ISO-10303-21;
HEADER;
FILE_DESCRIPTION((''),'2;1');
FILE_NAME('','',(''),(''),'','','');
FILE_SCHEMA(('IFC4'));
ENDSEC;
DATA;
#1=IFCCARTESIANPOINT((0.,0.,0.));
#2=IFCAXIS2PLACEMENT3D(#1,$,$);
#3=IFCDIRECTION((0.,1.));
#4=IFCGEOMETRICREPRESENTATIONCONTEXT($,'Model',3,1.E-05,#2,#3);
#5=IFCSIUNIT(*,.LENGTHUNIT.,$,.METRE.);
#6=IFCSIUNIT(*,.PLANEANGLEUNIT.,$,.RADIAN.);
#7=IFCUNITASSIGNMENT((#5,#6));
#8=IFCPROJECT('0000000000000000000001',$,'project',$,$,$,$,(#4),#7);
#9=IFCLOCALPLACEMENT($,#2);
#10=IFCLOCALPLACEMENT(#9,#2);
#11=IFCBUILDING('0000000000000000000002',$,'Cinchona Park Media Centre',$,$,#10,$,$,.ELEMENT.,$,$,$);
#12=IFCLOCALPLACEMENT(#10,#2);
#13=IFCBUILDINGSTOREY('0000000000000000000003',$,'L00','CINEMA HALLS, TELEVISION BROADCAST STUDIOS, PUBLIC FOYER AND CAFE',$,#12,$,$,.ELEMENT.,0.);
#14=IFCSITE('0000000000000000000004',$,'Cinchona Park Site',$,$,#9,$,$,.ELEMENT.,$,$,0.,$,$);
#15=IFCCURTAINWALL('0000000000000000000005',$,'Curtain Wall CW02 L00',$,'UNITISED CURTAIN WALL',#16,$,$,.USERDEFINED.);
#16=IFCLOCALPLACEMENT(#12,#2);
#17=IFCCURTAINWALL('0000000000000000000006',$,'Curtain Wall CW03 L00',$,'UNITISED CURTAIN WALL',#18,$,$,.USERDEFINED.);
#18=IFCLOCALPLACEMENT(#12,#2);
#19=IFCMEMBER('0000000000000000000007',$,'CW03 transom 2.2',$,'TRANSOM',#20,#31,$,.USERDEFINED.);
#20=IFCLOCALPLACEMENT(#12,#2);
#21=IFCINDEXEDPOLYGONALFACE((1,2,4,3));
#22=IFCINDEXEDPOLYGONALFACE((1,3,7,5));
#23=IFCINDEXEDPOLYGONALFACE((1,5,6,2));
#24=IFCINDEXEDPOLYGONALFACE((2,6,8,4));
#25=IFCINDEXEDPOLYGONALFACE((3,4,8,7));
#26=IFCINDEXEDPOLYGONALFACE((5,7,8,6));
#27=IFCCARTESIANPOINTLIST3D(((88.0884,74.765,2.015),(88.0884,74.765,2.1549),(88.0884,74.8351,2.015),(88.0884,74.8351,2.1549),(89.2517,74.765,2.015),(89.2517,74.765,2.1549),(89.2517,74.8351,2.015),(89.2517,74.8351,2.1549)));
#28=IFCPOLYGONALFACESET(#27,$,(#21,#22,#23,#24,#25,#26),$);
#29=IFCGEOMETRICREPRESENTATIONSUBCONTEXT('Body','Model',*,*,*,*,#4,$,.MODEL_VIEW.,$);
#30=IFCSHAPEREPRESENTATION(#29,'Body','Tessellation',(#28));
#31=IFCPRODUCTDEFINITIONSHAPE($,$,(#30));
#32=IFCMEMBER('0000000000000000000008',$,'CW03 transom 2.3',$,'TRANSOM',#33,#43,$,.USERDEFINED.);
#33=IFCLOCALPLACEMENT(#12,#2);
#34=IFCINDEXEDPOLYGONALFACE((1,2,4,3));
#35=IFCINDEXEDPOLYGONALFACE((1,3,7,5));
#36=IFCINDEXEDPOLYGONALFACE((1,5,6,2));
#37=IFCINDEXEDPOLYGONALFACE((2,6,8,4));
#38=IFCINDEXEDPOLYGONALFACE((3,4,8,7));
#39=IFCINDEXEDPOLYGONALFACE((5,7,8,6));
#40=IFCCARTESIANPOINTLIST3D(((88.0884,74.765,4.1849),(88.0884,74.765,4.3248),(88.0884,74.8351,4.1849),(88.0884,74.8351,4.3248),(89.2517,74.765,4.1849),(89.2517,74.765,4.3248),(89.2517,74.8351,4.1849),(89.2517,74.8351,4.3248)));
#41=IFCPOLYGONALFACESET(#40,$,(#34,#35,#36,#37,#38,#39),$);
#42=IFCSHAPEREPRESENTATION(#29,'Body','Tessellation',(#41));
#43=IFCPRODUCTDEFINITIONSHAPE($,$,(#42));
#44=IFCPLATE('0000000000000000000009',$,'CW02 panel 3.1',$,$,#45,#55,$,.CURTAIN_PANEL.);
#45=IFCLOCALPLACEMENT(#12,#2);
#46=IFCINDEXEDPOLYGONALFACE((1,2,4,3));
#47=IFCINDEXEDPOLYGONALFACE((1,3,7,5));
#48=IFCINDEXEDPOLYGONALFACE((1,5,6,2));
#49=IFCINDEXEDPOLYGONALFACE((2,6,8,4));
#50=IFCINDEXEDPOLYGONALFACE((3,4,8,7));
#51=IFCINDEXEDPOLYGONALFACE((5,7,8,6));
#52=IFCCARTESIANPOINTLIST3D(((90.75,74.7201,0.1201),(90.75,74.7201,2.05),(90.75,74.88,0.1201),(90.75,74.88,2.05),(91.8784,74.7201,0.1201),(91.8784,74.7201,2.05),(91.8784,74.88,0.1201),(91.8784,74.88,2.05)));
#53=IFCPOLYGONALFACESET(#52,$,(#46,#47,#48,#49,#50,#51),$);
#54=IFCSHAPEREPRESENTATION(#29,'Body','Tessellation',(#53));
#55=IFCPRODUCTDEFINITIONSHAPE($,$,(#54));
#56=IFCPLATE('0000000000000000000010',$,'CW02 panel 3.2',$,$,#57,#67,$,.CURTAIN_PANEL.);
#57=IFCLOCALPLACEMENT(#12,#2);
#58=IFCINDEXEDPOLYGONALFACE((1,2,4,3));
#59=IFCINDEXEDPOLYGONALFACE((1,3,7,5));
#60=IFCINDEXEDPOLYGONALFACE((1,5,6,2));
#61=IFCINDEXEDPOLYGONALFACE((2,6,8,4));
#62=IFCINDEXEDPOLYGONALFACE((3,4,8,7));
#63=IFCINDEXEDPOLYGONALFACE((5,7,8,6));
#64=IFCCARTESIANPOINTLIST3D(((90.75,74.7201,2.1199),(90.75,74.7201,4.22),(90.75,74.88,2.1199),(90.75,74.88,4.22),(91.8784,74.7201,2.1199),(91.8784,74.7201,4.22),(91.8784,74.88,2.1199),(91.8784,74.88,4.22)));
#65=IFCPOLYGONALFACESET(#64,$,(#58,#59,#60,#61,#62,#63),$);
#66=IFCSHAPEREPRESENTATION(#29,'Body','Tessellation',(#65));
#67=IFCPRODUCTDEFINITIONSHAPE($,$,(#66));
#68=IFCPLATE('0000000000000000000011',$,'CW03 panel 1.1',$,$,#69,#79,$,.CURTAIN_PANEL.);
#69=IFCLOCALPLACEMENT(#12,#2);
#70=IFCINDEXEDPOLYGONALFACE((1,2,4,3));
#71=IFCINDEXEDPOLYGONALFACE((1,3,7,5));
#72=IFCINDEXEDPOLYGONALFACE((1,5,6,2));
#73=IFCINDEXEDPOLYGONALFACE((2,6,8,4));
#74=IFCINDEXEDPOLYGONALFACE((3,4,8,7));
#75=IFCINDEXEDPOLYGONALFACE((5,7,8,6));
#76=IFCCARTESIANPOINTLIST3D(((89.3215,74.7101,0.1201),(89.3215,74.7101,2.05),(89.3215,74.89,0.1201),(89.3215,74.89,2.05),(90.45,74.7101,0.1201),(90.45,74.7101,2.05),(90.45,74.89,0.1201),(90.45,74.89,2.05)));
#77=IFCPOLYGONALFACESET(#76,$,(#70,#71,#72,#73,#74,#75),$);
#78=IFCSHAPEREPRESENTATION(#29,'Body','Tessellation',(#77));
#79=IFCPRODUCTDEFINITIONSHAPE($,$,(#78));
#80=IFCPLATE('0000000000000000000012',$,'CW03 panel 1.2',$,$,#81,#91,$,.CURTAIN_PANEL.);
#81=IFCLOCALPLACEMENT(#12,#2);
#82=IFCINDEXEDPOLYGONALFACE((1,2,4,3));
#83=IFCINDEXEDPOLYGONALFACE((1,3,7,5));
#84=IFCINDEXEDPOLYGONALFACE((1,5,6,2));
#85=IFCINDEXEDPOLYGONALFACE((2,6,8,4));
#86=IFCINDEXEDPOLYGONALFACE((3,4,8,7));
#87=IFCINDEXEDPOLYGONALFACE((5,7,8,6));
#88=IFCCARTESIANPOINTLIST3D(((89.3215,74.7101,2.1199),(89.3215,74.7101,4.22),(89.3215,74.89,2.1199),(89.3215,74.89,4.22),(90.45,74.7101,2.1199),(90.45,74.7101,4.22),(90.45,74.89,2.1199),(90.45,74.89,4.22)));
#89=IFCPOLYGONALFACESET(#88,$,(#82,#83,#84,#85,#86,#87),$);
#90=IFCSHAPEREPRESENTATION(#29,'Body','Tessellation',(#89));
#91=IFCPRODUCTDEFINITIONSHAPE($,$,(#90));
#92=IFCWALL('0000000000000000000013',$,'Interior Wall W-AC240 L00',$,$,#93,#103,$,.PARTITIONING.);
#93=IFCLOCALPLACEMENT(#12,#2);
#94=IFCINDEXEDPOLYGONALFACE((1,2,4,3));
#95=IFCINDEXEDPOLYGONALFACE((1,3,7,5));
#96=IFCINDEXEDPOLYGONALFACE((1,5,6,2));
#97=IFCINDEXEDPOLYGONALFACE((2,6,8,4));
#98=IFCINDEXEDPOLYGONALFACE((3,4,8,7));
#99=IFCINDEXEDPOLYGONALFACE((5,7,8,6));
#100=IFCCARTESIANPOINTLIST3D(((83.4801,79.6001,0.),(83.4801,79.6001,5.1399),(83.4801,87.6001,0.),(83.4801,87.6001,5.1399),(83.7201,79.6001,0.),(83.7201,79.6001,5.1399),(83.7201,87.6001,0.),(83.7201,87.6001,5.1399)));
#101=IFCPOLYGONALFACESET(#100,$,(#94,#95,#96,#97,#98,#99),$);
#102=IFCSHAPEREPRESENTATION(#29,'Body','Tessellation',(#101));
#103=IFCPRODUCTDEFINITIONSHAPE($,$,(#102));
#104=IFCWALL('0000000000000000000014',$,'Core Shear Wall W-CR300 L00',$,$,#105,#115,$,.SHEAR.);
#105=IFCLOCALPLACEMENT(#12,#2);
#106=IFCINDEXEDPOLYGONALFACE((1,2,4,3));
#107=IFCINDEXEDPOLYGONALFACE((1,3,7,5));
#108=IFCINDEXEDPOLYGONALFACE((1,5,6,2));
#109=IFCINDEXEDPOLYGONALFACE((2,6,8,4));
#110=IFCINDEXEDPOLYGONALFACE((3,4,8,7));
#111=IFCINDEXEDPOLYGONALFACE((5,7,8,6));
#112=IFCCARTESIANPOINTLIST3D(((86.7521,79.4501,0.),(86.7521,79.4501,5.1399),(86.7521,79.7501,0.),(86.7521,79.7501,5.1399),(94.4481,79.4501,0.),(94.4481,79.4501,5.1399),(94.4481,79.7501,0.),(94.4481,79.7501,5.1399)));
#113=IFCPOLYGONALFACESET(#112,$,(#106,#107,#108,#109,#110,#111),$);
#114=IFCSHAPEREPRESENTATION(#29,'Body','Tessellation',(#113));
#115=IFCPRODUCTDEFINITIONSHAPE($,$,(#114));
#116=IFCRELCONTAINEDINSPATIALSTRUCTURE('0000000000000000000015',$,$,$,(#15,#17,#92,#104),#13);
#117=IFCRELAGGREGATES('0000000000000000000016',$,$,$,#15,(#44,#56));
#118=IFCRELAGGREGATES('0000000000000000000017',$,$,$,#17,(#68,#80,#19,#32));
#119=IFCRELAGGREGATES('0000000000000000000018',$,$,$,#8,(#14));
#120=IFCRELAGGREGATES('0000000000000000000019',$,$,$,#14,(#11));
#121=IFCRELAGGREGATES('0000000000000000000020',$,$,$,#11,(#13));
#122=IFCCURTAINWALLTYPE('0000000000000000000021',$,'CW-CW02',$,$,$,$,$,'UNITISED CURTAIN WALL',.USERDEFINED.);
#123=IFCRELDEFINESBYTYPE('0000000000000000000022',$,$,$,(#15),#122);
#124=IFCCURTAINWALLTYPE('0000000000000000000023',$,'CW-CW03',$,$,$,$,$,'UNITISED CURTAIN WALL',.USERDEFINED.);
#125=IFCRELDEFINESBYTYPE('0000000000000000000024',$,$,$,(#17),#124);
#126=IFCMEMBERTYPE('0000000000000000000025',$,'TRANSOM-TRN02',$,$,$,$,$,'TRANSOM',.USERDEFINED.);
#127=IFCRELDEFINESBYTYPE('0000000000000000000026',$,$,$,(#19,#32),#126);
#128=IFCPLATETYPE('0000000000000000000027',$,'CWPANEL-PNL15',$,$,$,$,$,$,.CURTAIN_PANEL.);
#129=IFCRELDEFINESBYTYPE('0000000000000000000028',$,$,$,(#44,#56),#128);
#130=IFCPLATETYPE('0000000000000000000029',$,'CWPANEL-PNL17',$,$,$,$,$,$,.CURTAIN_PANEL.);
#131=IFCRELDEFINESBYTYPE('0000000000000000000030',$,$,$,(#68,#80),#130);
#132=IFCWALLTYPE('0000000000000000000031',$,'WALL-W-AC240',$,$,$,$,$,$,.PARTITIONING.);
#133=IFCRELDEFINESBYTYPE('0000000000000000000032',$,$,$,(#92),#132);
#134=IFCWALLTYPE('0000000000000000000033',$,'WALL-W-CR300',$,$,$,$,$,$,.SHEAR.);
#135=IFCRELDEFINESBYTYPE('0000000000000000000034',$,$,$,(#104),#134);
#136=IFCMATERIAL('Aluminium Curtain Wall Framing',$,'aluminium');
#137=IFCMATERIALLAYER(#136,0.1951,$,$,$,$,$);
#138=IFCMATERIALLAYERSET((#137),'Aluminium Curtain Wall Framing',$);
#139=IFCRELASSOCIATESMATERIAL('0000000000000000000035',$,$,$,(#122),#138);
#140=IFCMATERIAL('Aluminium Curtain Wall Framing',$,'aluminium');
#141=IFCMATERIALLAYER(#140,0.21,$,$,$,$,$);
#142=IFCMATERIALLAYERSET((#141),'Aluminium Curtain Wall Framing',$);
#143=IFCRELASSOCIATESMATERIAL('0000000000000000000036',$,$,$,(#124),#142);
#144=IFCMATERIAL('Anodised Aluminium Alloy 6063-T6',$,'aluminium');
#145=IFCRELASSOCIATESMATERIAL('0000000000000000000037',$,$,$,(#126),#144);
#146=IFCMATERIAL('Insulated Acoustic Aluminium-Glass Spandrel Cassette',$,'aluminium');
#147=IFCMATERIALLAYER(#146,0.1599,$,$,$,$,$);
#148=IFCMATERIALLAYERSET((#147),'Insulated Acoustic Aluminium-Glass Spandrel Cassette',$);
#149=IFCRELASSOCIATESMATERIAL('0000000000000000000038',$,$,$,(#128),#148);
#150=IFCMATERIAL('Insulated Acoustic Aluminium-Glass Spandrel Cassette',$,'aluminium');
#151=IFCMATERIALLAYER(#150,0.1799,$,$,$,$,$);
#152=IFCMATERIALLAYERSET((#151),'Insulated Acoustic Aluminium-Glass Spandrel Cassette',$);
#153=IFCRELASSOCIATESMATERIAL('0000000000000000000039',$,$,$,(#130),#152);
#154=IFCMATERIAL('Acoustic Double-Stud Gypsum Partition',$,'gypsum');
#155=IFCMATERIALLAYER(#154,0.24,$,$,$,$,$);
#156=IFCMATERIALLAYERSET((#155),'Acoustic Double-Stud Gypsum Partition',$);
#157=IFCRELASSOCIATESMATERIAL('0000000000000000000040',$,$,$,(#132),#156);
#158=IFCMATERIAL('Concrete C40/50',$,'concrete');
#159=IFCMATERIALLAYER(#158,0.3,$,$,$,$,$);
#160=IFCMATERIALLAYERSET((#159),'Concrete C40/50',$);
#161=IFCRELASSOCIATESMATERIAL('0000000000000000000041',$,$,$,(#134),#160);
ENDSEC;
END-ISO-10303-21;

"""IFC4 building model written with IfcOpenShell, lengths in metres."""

from ifc_helpers import new_model, si_unit, direction, frame, frame_2d, origin, origin_2d, place, context, subcontext, project, spatial, rectangle, extrude, material, layer, layer_set, material_profile, profile_set, type_object, element, aggregate, save


model = new_model("IFC4")

# Units and contexts
model_context = context("Model", 3, precision=1e-05, world=origin(), true_north=direction((0.0, 1.0)))
body_context = subcontext(model_context, "Body", "Model", "MODEL_VIEW")
ifc_project = project(units=[si_unit("LENGTHUNIT", "METRE"), si_unit("PLANEANGLEUNIT", "RADIAN")], contexts=[model_context])

# Site, building, storey
site_placement = place(None, origin())
site = spatial("IfcSite", under=ifc_project, at=site_placement, Name="Cinchona Park Site", CompositionType="ELEMENT", RefElevation=0.0)
building_placement = place(site_placement, origin())
building = spatial("IfcBuilding", under=site, at=building_placement, Name="Cinchona Park Media Centre", CompositionType="ELEMENT")
storey_placement = place(building_placement, origin())
storey = spatial("IfcBuildingStorey", under=building, at=storey_placement, Name="L00", Description="CINEMA HALLS, TELEVISION BROADCAST STUDIOS, PUBLIC FOYER AND CAFE", CompositionType="ELEMENT", Elevation=0.0)

# Curtain wall
ifc_material_1 = material(Name="Aluminium Curtain Wall Framing", Category="aluminium")
ifc_layer_1 = layer(ifc_material_1, 0.1951)
ifc_layer_set_1 = layer_set([ifc_layer_1], Name="Aluminium Curtain Wall Framing")
curtain_wall_type_1 = type_object("IfcCurtainWallType", Name="CW-CW02", ElementType="UNITISED CURTAIN WALL", PredefinedType="USERDEFINED", material=ifc_layer_set_1)
curtain_wall_1_placement = place(storey_placement, origin())
curtain_wall_1 = element("IfcCurtainWall", 1, at=curtain_wall_1_placement, inside=storey, type_object=curtain_wall_type_1, Name="Curtain Wall CW02 L00", ObjectType="UNITISED CURTAIN WALL", PredefinedType="USERDEFINED")

# Curtain wall, members
ifc_material_2 = material(Name="Aluminium Curtain Wall Framing", Category="aluminium")
ifc_layer_2 = layer(ifc_material_2, 0.21)
ifc_layer_set_2 = layer_set([ifc_layer_2], Name="Aluminium Curtain Wall Framing")
curtain_wall_type_2 = type_object("IfcCurtainWallType", Name="CW-CW03", ElementType="UNITISED CURTAIN WALL", PredefinedType="USERDEFINED", material=ifc_layer_set_2)
curtain_wall_2_placement = place(storey_placement, origin())
curtain_wall_2 = element("IfcCurtainWall", 2, at=curtain_wall_2_placement, inside=storey, type_object=curtain_wall_type_2, Name="Curtain Wall CW03 L00", ObjectType="UNITISED CURTAIN WALL", PredefinedType="USERDEFINED")
ifc_material_3 = material(Name="Anodised Aluminium Alloy 6063-T6", Category="aluminium")
ifc_material_profile_1 = material_profile(ifc_material_3, rectangle(XDim=0.0701, YDim=0.1399, at=origin_2d()), Name="TRN-70X140")
ifc_profile_set_1 = profile_set([ifc_material_profile_1], Name="Anodised Aluminium Alloy 6063-T6")
member_type_1 = type_object("IfcMemberType", Name="TRANSOM-TRN02", ElementType="TRANSOM", PredefinedType="USERDEFINED", material=ifc_profile_set_1)
member_1_placement = place(storey_placement, frame((89.2517, 74.8, 2.085), z_axis=(-1.0, 0.0, 0.0), x_axis=(0.0, -1.0, 0.0)))
member_1 = element("IfcMember", 3, at=member_1_placement, type_object=member_type_1, Name="CW03 transom 2.2", ObjectType="TRANSOM", PredefinedType="USERDEFINED", context=body_context, shape_type="SweptSolid", body=[
    extrude(rectangle(XDim=0.0701, YDim=0.1399, at=origin_2d()), origin(), (0.0, 0.0, 1.0), 1.1633),
])
member_2_placement = place(storey_placement, frame((89.2517, 74.8, 4.2549), z_axis=(-1.0, 0.0, 0.0), x_axis=(0.0, -1.0, 0.0)))
member_2 = element("IfcMember", 4, at=member_2_placement, type_object=member_type_1, Name="CW03 transom 2.3", ObjectType="TRANSOM", PredefinedType="USERDEFINED", context=body_context, shape_type="SweptSolid", body=[
    extrude(rectangle(XDim=0.0701, YDim=0.1399, at=origin_2d()), origin(), (0.0, 0.0, 1.0), 1.1633),
])

# Plates
ifc_material_4 = material(Name="Insulated Acoustic Aluminium-Glass Spandrel Cassette", Category="aluminium")
ifc_layer_3 = layer(ifc_material_4, 0.1599)
ifc_layer_set_3 = layer_set([ifc_layer_3], Name="Insulated Acoustic Aluminium-Glass Spandrel Cassette")
plate_type_1 = type_object("IfcPlateType", Name="CWPANEL-PNL15", PredefinedType="CURTAIN_PANEL", material=ifc_layer_set_3)
plate_1_placement = place(storey_placement, frame((91.3142, 74.8, 0.1201), z_axis=(0.0, 0.0, 1.0), x_axis=(-1.0, 0.0, 0.0)))
plate_1 = element("IfcPlate", 5, at=plate_1_placement, type_object=plate_type_1, Name="CW02 panel 3.1", PredefinedType="CURTAIN_PANEL", context=body_context, shape_type="SweptSolid", body=[
    extrude(rectangle(XDim=1.1284, YDim=0.1599, at=origin_2d()), origin(), (0.0, 0.0, 1.0), 1.9299),
])
plate_2_placement = place(storey_placement, frame((91.3142, 74.8, 2.1199), z_axis=(0.0, 0.0, 1.0), x_axis=(-1.0, 0.0, 0.0)))
plate_2 = element("IfcPlate", 6, at=plate_2_placement, type_object=plate_type_1, Name="CW02 panel 3.2", PredefinedType="CURTAIN_PANEL", context=body_context, shape_type="SweptSolid", body=[
    extrude(rectangle(XDim=1.1284, YDim=0.1599, at=origin_2d()), origin(), (0.0, 0.0, 1.0), 2.1001),
])
aggregate(curtain_wall_1, [plate_1, plate_2])
ifc_material_5 = material(Name="Insulated Acoustic Aluminium-Glass Spandrel Cassette", Category="aluminium")
ifc_layer_4 = layer(ifc_material_5, 0.1799)
ifc_layer_set_4 = layer_set([ifc_layer_4], Name="Insulated Acoustic Aluminium-Glass Spandrel Cassette")
plate_type_2 = type_object("IfcPlateType", Name="CWPANEL-PNL17", PredefinedType="CURTAIN_PANEL", material=ifc_layer_set_4)
plate_3_placement = place(storey_placement, frame((89.8857, 74.8, 0.1201), z_axis=(0.0, 0.0, 1.0), x_axis=(-1.0, 0.0, 0.0)))
plate_3 = element("IfcPlate", 7, at=plate_3_placement, type_object=plate_type_2, Name="CW03 panel 1.1", PredefinedType="CURTAIN_PANEL", context=body_context, shape_type="SweptSolid", body=[
    extrude(rectangle(XDim=1.1284, YDim=0.1799, at=origin_2d()), origin(), (0.0, 0.0, 1.0), 1.9299),
])
plate_4_placement = place(storey_placement, frame((89.8857, 74.8, 2.1199), z_axis=(0.0, 0.0, 1.0), x_axis=(-1.0, 0.0, 0.0)))
plate_4 = element("IfcPlate", 8, at=plate_4_placement, type_object=plate_type_2, Name="CW03 panel 1.2", PredefinedType="CURTAIN_PANEL", context=body_context, shape_type="SweptSolid", body=[
    extrude(rectangle(XDim=1.1284, YDim=0.1799, at=origin_2d()), origin(), (0.0, 0.0, 1.0), 2.1001),
])
aggregate(curtain_wall_2, [plate_3, plate_4, member_1, member_2])

# Walls
ifc_material_6 = material(Name="Acoustic Double-Stud Gypsum Partition", Category="gypsum")
ifc_layer_5 = layer(ifc_material_6, 0.24)
ifc_layer_set_5 = layer_set([ifc_layer_5], Name="Acoustic Double-Stud Gypsum Partition")
wall_type_1 = type_object("IfcWallType", Name="WALL-W-AC240", PredefinedType="PARTITIONING", material=ifc_layer_set_5)
wall_1_placement = place(storey_placement, frame((83.6001, 79.6001, 0.0), z_axis=(0.0, 0.0, 1.0), x_axis=(0.0, 1.0, 0.0)))
element("IfcWall", 9, at=wall_1_placement, inside=storey, type_object=wall_type_1, Name="Interior Wall W-AC240 L00", PredefinedType="PARTITIONING", context=body_context, shape_type="SweptSolid", body=[
    extrude(rectangle(XDim=8.0, YDim=0.24, at=frame_2d((4.0, 0.0))), origin(), (0.0, 0.0, 1.0), 5.1399),
])
ifc_material_7 = material(Name="Concrete C40/50", Category="concrete")
ifc_layer_6 = layer(ifc_material_7, 0.3)
ifc_layer_set_6 = layer_set([ifc_layer_6], Name="Concrete C40/50")
wall_type_2 = type_object("IfcWallType", Name="WALL-W-CR300", PredefinedType="SHEAR", material=ifc_layer_set_6)
wall_2_placement = place(storey_placement, frame((86.752, 79.6001, 0.0), z_axis=(0.0, 0.0, 1.0), x_axis=(1.0, 0.0, 0.0)))
element("IfcWall", 10, at=wall_2_placement, inside=storey, type_object=wall_type_2, Name="Core Shear Wall W-CR300 L00", PredefinedType="SHEAR", context=body_context, shape_type="SweptSolid", body=[
    extrude(rectangle(XDim=7.696, YDim=0.3, at=frame_2d((3.8481, 0.0))), origin(), (0.0, 0.0, 1.0), 5.1399),
])

save(model, "model.ifc")
